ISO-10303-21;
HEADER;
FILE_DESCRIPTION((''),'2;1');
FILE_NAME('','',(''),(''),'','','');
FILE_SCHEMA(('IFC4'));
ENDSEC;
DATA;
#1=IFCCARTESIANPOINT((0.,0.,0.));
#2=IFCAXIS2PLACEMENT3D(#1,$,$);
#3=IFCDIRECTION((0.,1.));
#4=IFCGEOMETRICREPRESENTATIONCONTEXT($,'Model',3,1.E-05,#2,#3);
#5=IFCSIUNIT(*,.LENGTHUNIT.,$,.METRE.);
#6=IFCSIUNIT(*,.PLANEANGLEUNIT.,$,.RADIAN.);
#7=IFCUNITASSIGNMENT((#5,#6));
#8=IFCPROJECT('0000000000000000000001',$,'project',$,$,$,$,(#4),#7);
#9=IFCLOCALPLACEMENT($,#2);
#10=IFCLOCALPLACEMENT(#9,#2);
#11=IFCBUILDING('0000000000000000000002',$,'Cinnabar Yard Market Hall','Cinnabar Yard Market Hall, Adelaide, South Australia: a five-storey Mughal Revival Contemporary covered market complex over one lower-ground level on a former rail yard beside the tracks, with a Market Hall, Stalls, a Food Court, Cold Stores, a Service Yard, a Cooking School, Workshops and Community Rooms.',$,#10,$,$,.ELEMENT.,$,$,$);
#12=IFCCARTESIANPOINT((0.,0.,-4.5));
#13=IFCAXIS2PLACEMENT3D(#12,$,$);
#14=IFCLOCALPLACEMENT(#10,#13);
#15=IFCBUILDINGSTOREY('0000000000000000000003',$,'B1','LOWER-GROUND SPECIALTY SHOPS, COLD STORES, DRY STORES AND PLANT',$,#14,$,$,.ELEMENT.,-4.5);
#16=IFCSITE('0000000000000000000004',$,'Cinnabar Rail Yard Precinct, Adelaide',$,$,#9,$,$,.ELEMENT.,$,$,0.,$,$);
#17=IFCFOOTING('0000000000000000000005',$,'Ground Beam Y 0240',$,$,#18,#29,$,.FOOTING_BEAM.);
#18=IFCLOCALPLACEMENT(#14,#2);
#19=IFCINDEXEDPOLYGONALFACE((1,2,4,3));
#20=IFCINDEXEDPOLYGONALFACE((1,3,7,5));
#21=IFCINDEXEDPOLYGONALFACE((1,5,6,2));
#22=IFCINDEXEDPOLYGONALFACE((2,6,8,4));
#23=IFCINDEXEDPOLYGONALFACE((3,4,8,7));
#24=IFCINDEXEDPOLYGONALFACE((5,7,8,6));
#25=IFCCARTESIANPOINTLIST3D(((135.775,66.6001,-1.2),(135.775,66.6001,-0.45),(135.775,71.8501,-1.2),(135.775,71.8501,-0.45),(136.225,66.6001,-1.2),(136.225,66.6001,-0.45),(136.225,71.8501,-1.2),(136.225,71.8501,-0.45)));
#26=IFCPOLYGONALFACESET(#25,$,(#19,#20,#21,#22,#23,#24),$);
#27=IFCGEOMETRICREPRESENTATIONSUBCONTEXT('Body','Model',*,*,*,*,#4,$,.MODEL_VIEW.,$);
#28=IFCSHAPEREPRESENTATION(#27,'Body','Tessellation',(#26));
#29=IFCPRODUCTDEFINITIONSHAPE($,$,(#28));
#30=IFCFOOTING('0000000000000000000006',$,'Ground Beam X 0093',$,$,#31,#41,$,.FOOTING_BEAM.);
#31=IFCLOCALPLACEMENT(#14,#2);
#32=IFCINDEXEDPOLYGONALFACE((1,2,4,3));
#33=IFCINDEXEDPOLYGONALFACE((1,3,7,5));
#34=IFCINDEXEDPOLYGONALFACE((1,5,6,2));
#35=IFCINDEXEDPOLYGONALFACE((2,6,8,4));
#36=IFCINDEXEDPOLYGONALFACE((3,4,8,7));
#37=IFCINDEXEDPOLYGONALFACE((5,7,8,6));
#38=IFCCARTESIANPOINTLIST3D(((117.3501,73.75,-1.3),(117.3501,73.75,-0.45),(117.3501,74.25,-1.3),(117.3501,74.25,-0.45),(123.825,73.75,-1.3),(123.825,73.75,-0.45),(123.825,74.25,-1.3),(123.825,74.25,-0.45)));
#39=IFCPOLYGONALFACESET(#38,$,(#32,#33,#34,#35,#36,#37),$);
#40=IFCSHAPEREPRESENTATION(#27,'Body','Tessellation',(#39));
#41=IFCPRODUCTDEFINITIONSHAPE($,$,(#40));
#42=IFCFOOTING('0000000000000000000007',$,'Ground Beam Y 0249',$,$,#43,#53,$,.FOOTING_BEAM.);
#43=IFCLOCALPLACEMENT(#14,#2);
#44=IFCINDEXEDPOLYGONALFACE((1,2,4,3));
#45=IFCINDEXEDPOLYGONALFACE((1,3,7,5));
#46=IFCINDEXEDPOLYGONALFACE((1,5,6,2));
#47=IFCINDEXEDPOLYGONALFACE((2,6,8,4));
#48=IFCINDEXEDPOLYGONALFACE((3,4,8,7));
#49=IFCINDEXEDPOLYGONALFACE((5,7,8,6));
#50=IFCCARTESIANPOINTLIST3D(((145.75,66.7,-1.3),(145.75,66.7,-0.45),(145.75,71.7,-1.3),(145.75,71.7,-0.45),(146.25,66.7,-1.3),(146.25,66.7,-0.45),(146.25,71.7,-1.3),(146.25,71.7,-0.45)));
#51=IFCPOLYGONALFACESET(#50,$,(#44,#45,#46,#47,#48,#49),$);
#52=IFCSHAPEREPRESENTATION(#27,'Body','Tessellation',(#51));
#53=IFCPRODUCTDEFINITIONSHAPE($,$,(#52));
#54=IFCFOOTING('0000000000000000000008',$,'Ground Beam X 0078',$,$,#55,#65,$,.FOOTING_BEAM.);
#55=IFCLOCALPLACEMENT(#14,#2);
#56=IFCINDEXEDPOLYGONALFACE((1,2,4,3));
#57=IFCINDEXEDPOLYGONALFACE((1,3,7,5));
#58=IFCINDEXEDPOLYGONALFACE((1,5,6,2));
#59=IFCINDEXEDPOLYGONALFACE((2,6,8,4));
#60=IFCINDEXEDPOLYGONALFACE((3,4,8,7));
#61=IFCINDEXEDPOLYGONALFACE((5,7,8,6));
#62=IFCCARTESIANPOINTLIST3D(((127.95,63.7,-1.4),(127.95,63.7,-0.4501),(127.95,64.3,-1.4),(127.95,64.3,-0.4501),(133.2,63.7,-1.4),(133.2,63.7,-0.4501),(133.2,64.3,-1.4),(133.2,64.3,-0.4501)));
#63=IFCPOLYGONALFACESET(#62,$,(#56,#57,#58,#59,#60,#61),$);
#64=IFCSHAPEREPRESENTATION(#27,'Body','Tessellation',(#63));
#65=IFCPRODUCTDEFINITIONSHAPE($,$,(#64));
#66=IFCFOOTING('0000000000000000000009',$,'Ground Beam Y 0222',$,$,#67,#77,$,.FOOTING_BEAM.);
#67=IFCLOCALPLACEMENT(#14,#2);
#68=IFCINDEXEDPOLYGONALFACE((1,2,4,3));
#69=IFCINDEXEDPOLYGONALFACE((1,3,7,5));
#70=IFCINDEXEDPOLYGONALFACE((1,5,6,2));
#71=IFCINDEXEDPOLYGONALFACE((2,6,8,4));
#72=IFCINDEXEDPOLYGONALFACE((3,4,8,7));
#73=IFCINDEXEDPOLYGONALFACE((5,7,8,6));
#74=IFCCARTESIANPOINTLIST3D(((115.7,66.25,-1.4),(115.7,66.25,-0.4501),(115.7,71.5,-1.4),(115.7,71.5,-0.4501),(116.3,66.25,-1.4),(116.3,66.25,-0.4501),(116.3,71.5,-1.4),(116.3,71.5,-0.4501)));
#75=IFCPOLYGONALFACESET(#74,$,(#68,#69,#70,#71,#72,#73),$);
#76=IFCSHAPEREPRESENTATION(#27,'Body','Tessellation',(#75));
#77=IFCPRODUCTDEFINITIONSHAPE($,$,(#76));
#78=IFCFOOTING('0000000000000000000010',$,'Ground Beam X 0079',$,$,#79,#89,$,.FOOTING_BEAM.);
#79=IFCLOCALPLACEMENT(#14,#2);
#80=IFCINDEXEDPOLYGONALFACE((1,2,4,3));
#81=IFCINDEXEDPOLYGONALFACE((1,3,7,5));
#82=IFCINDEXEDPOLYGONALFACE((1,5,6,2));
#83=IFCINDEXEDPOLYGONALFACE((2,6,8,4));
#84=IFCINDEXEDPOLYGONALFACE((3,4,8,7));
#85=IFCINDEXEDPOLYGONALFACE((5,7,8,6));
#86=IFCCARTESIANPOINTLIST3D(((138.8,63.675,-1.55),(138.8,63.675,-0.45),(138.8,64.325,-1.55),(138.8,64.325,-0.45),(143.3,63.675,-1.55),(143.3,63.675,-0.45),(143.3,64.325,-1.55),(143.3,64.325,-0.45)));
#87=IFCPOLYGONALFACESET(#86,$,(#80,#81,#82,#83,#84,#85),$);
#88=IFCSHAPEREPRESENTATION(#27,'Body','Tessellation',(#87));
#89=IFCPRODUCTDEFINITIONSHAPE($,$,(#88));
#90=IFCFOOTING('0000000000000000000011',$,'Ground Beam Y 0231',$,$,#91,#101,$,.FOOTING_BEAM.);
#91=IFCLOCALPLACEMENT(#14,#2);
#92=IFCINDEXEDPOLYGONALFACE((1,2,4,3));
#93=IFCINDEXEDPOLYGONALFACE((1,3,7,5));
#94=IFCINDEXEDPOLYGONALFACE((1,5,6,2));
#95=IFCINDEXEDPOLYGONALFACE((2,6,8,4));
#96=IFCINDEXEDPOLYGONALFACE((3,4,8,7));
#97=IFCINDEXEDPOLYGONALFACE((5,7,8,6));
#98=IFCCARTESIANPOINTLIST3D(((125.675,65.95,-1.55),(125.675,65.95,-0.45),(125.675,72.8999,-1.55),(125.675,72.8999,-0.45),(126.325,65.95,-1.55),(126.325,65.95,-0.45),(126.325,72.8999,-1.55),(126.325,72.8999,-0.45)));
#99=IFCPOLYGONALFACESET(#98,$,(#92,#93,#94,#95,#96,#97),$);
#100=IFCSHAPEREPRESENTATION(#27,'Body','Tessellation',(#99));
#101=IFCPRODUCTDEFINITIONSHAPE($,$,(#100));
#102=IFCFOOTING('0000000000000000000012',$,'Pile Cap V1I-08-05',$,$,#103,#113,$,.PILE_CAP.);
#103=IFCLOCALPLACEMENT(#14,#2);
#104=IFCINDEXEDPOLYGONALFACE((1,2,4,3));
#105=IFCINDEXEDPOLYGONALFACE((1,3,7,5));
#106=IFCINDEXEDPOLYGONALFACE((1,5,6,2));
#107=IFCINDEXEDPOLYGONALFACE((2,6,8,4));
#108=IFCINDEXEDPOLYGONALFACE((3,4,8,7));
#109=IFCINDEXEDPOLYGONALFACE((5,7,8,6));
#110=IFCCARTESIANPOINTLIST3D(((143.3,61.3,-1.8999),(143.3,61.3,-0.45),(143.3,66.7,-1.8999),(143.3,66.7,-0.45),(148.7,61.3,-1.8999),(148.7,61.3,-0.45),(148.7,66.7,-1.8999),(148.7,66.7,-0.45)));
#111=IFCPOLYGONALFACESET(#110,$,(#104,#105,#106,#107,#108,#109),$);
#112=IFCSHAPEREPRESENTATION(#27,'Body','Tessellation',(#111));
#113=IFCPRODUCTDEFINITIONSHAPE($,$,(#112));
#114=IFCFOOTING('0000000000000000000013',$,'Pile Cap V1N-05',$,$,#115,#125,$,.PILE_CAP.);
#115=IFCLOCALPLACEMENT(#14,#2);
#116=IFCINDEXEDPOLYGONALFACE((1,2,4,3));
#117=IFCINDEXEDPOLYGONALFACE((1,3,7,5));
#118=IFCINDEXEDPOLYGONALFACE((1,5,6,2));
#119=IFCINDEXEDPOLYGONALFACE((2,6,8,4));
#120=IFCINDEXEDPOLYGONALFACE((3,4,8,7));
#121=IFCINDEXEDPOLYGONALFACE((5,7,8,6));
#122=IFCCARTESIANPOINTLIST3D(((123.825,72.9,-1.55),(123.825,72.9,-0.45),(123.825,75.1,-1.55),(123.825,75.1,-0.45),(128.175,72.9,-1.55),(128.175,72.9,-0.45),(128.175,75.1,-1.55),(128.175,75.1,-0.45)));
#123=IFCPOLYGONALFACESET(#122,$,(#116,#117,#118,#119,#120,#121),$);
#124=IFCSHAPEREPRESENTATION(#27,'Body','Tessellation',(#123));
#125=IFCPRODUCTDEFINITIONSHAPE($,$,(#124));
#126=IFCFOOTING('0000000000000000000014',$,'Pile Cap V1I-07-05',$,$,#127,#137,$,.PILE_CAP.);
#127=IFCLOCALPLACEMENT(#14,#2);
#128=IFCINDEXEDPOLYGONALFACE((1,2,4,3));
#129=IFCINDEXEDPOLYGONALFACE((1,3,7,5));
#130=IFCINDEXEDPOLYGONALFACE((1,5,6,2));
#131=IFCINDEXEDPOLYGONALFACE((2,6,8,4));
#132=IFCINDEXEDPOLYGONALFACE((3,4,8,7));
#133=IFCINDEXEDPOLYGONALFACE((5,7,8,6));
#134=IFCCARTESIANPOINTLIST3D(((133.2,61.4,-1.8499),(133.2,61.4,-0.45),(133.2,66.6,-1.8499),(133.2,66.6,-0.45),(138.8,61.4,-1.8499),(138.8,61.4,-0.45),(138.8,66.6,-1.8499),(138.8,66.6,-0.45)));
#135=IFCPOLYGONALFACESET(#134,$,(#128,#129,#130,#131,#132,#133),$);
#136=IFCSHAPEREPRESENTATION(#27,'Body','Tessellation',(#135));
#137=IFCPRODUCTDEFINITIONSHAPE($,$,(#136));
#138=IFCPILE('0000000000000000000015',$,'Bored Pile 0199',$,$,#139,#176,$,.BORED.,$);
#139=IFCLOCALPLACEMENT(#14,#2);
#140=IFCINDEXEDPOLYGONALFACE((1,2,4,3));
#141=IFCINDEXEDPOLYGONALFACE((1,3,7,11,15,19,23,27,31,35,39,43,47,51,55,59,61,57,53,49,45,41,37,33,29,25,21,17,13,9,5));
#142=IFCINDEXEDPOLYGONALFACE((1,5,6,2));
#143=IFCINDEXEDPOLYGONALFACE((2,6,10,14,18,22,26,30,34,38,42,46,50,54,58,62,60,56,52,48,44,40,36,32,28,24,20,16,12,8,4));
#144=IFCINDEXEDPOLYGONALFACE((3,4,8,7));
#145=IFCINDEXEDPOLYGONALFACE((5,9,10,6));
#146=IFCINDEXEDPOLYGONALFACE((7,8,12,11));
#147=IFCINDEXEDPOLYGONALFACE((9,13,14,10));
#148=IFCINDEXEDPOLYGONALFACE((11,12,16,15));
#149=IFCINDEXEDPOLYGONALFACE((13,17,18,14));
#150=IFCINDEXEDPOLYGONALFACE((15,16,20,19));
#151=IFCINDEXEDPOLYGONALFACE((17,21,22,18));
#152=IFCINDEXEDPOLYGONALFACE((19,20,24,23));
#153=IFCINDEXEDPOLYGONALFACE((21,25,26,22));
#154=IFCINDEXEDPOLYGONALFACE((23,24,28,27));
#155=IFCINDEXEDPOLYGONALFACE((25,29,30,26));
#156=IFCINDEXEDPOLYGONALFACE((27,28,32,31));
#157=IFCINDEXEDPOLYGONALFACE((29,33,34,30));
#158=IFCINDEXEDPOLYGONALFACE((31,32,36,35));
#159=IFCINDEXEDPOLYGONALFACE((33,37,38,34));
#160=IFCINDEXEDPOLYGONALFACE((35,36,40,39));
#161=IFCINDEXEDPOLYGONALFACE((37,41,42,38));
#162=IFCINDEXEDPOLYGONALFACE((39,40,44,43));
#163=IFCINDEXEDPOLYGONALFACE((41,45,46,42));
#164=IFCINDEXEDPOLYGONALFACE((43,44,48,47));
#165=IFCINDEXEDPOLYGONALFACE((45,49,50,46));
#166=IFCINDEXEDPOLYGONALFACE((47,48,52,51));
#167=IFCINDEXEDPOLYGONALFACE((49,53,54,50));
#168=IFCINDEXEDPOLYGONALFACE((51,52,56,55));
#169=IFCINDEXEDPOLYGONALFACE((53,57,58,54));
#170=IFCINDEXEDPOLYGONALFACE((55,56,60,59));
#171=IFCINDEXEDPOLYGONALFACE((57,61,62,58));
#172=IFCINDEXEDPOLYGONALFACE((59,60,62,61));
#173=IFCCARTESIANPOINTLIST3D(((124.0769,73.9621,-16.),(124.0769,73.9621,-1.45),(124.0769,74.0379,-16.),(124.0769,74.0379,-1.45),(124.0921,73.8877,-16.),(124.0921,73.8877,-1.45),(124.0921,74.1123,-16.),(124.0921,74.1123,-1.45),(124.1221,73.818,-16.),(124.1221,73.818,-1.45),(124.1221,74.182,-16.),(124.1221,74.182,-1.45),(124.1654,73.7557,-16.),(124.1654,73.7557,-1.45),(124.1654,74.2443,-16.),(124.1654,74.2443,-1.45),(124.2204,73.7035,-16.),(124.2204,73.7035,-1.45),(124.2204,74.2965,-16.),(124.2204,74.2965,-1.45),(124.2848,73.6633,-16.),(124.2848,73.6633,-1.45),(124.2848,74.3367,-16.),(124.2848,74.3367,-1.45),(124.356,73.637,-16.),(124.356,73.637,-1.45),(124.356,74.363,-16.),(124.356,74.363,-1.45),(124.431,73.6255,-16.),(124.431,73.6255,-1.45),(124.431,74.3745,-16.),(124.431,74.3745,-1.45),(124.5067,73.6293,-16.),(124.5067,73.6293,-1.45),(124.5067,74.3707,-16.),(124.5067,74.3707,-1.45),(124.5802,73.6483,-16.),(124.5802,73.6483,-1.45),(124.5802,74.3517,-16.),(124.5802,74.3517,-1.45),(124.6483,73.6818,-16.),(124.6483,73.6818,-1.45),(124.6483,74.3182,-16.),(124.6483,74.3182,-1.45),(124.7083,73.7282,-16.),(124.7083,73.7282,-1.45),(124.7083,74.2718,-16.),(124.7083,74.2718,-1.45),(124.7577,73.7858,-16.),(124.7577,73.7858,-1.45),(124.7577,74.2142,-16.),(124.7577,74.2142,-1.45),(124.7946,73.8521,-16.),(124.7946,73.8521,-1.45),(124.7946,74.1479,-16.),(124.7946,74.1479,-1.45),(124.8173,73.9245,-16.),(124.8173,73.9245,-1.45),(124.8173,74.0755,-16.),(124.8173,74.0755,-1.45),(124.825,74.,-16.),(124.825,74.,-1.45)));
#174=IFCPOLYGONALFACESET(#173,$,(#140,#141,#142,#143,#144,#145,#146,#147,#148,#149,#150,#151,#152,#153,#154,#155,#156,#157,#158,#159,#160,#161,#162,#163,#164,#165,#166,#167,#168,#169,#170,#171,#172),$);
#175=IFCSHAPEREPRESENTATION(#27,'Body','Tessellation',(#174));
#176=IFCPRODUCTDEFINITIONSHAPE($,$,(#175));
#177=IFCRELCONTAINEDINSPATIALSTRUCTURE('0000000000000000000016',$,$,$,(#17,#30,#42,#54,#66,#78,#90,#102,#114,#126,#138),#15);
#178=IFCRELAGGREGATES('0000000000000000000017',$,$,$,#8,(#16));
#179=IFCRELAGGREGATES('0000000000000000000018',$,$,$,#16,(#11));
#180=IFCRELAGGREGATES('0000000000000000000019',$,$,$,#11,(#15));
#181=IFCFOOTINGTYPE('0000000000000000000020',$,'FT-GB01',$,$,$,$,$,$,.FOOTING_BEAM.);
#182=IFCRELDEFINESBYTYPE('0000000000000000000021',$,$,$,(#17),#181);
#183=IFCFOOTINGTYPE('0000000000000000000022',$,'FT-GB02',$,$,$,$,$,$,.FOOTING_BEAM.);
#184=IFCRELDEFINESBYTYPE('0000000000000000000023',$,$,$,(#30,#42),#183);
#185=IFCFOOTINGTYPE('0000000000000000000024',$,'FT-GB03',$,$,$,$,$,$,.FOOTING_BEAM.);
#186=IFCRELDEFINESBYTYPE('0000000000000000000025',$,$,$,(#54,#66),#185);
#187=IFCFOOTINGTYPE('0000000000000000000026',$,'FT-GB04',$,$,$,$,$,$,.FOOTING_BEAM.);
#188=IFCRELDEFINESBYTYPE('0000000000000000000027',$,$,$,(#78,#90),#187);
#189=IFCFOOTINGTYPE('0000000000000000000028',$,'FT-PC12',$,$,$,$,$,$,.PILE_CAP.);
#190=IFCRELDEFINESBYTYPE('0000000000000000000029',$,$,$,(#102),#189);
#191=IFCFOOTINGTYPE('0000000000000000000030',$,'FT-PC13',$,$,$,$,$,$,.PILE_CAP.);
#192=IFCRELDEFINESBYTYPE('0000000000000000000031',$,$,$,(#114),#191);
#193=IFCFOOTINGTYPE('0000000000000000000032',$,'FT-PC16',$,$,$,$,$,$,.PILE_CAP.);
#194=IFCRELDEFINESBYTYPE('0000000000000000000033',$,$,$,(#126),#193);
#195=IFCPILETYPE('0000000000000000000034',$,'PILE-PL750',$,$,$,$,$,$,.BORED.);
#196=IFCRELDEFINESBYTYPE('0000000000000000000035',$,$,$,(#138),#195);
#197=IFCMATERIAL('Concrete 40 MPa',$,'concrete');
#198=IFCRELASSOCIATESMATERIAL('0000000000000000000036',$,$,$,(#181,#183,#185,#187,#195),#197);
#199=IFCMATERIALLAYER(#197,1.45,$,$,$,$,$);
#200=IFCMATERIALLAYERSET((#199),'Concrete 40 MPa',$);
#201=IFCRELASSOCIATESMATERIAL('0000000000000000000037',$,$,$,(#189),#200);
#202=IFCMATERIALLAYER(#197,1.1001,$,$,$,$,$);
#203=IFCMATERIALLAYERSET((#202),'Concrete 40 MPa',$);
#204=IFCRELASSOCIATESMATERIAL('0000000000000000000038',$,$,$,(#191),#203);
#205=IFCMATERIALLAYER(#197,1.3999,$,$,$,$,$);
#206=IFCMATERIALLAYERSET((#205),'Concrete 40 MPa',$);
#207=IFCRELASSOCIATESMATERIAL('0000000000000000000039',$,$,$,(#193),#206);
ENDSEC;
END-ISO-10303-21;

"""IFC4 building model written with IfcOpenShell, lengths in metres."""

from ifc_helpers import new_model, si_unit, direction, frame, origin, origin_2d_with_axis, place, context, subcontext, project, spatial, rectangle, circle, extrude, material, layer, layer_set, material_profile, profile_set, type_object, element, save


model = new_model("IFC4")

# Units and contexts
model_context = context("Model", 3, precision=1e-05, world=origin(), true_north=direction((0.0, 1.0)))
body_context = subcontext(model_context, "Body", "Model", "MODEL_VIEW")
ifc_project = project(units=[si_unit("LENGTHUNIT", "METRE"), si_unit("PLANEANGLEUNIT", "RADIAN")], contexts=[model_context])

# Site, building, storey
site_placement = place(None, origin())
site = spatial("IfcSite", under=ifc_project, at=site_placement, Name="Cinnabar Rail Yard Precinct, Adelaide", CompositionType="ELEMENT", RefElevation=0.0)
building_placement = place(site_placement, origin())
building = spatial("IfcBuilding", under=site, at=building_placement, Name="Cinnabar Yard Market Hall", Description="Cinnabar Yard Market Hall, Adelaide, South Australia: a five-storey Mughal Revival Contemporary covered market complex over one lower-ground level on a former rail yard beside the tracks, with a Market Hall, Stalls, a Food Court, Cold Stores, a Service Yard, a Cooking School, Workshops and Community Rooms.", CompositionType="ELEMENT")
storey_placement = place(building_placement, frame((0.0, 0.0, -4.5)))
storey = spatial("IfcBuildingStorey", under=building, at=storey_placement, Name="B1", Description="LOWER-GROUND SPECIALTY SHOPS, COLD STORES, DRY STORES AND PLANT", CompositionType="ELEMENT", Elevation=-4.5)

# Footings
ifc_material_1 = material(Name="Concrete 40 MPa", Category="concrete")
ifc_material_profile_1 = material_profile(ifc_material_1, rectangle(XDim=0.45, YDim=0.75, at=origin_2d_with_axis()), Name="GB-450x750")
ifc_profile_set_1 = profile_set([ifc_material_profile_1], Name="Concrete 40 MPa")
footing_type_1 = type_object("IfcFootingType", Name="FT-GB01", PredefinedType="FOOTING_BEAM", material=ifc_profile_set_1)
footing_1_placement = place(storey_placement, frame((136.0, 66.6001, -0.825), z_axis=(0.0, 1.0, 0.0), x_axis=(-1.0, 0.0, 0.0)))
element("IfcFooting", 1, at=footing_1_placement, inside=storey, type_object=footing_type_1, Name="Ground Beam Y 0240", PredefinedType="FOOTING_BEAM", context=body_context, shape_type="SweptSolid", body=[
    extrude(rectangle(XDim=0.45, YDim=0.75, at=origin_2d_with_axis()), origin(), (0.0, 0.0, 1.0), 5.25),
])
ifc_material_profile_2 = material_profile(ifc_material_1, rectangle(XDim=0.5, YDim=0.8501, at=origin_2d_with_axis()), Name="GB-500x850")
ifc_profile_set_2 = profile_set([ifc_material_profile_2], Name="Concrete 40 MPa")
footing_type_2 = type_object("IfcFootingType", Name="FT-GB02", PredefinedType="FOOTING_BEAM", material=ifc_profile_set_2)
footing_2_placement = place(storey_placement, frame((117.3501, 74.0, -0.875), z_axis=(1.0, 0.0, 0.0), x_axis=(0.0, 1.0, 0.0)))
element("IfcFooting", 2, at=footing_2_placement, inside=storey, type_object=footing_type_2, Name="Ground Beam X 0093", PredefinedType="FOOTING_BEAM", context=body_context, shape_type="SweptSolid", body=[
    extrude(rectangle(XDim=0.5, YDim=0.8501, at=origin_2d_with_axis()), origin(), (0.0, 0.0, 1.0), 6.4749),
])
footing_3_placement = place(storey_placement, frame((146.0, 66.7, -0.875), z_axis=(0.0, 1.0, 0.0), x_axis=(-1.0, 0.0, 0.0)))
element("IfcFooting", 3, at=footing_3_placement, inside=storey, type_object=footing_type_2, Name="Ground Beam Y 0249", PredefinedType="FOOTING_BEAM", context=body_context, shape_type="SweptSolid", body=[
    extrude(rectangle(XDim=0.5, YDim=0.8501, at=origin_2d_with_axis()), origin(), (0.0, 0.0, 1.0), 5.0),
])
ifc_material_profile_3 = material_profile(ifc_material_1, rectangle(XDim=0.6001, YDim=0.95, at=origin_2d_with_axis()), Name="GB-600x950")
ifc_profile_set_3 = profile_set([ifc_material_profile_3], Name="Concrete 40 MPa")
footing_type_3 = type_object("IfcFootingType", Name="FT-GB03", PredefinedType="FOOTING_BEAM", material=ifc_profile_set_3)
for number, where, z_axis, x_axis, name in (
    (4, (127.95, 64.0, -0.925), (1.0, 0.0, 0.0), (0.0, 1.0, 0.0), "Ground Beam X 0078"),
    (5, (116.0, 66.25, -0.925), (0.0, 1.0, 0.0), (-1.0, 0.0, 0.0), "Ground Beam Y 0222"),
):
    element("IfcFooting", number, at=place(storey_placement, frame(where, z_axis=z_axis, x_axis=x_axis)), inside=storey, type_object=footing_type_3, Name=name, PredefinedType="FOOTING_BEAM", context=body_context, shape_type="SweptSolid", body=[
        extrude(rectangle(XDim=0.6001, YDim=0.95, at=origin_2d_with_axis()), origin(), (0.0, 0.0, 1.0), 5.25),
    ])
ifc_material_profile_4 = material_profile(ifc_material_1, rectangle(XDim=0.6499, YDim=1.1001, at=origin_2d_with_axis()), Name="GB-650x1100")
ifc_profile_set_4 = profile_set([ifc_material_profile_4], Name="Concrete 40 MPa")
footing_type_4 = type_object("IfcFootingType", Name="FT-GB04", PredefinedType="FOOTING_BEAM", material=ifc_profile_set_4)
footing_4_placement = place(storey_placement, frame((138.8, 64.0, -1.0), z_axis=(1.0, 0.0, 0.0), x_axis=(0.0, 1.0, 0.0)))
element("IfcFooting", 6, at=footing_4_placement, inside=storey, type_object=footing_type_4, Name="Ground Beam X 0079", PredefinedType="FOOTING_BEAM", context=body_context, shape_type="SweptSolid", body=[
    extrude(rectangle(XDim=0.6499, YDim=1.1001, at=origin_2d_with_axis()), origin(), (0.0, 0.0, 1.0), 4.5),
])
footing_5_placement = place(storey_placement, frame((126.0, 65.95, -1.0), z_axis=(0.0, 1.0, 0.0), x_axis=(-1.0, 0.0, 0.0)))
element("IfcFooting", 7, at=footing_5_placement, inside=storey, type_object=footing_type_4, Name="Ground Beam Y 0231", PredefinedType="FOOTING_BEAM", context=body_context, shape_type="SweptSolid", body=[
    extrude(rectangle(XDim=0.6499, YDim=1.1001, at=origin_2d_with_axis()), origin(), (0.0, 0.0, 1.0), 6.95),
])
ifc_layer_1 = layer(ifc_material_1, 1.45)
ifc_layer_set_1 = layer_set([ifc_layer_1], Name="Concrete 40 MPa")
footing_type_5 = type_object("IfcFootingType", Name="FT-PC12", PredefinedType="PILE_CAP", material=ifc_layer_set_1)
footing_6_placement = place(storey_placement, frame((146.0, 64.0, -1.8999), z_axis=(0.0, 0.0, 1.0), x_axis=(1.0, 0.0, 0.0)))
element("IfcFooting", 8, at=footing_6_placement, inside=storey, type_object=footing_type_5, Name="Pile Cap V1I-08-05", PredefinedType="PILE_CAP", context=body_context, shape_type="SweptSolid", body=[
    extrude(rectangle(XDim=5.3999, YDim=5.3999, at=origin_2d_with_axis()), origin(), (0.0, 0.0, 1.0), 1.45),
])
ifc_layer_2 = layer(ifc_material_1, 1.1001)
ifc_layer_set_2 = layer_set([ifc_layer_2], Name="Concrete 40 MPa")
footing_type_6 = type_object("IfcFootingType", Name="FT-PC13", PredefinedType="PILE_CAP", material=ifc_layer_set_2)
footing_7_placement = place(storey_placement, frame((126.0, 74.0, -1.55), z_axis=(0.0, 0.0, 1.0), x_axis=(1.0, 0.0, 0.0)))
element("IfcFooting", 9, at=footing_7_placement, inside=storey, type_object=footing_type_6, Name="Pile Cap V1N-05", PredefinedType="PILE_CAP", context=body_context, shape_type="SweptSolid", body=[
    extrude(rectangle(XDim=4.3501, YDim=2.2, at=origin_2d_with_axis()), origin(), (0.0, 0.0, 1.0), 1.1001),
])
ifc_layer_3 = layer(ifc_material_1, 1.3999)
ifc_layer_set_3 = layer_set([ifc_layer_3], Name="Concrete 40 MPa")
footing_type_7 = type_object("IfcFootingType", Name="FT-PC16", PredefinedType="PILE_CAP", material=ifc_layer_set_3)
footing_8_placement = place(storey_placement, frame((136.0, 64.0, -1.8499), z_axis=(0.0, 0.0, 1.0), x_axis=(1.0, 0.0, 0.0)))
element("IfcFooting", 10, at=footing_8_placement, inside=storey, type_object=footing_type_7, Name="Pile Cap V1I-07-05", PredefinedType="PILE_CAP", context=body_context, shape_type="SweptSolid", body=[
    extrude(rectangle(XDim=5.6001, YDim=5.2, at=origin_2d_with_axis()), origin(), (0.0, 0.0, 1.0), 1.3999),
])

# Pile
ifc_material_profile_5 = material_profile(ifc_material_1, circle(Radius=0.375, at=origin_2d_with_axis()), Name="PILE-D750")
ifc_profile_set_5 = profile_set([ifc_material_profile_5], Name="Concrete 40 MPa")
pile_type_1 = type_object("IfcPileType", Name="PILE-PL750", PredefinedType="BORED", material=ifc_profile_set_5)
pile_1_placement = place(storey_placement, frame((124.45, 74.0, -1.45), z_axis=(0.0, 0.0, -1.0), x_axis=(1.0, 0.0, 0.0)))
element("IfcPile", 11, at=pile_1_placement, inside=storey, type_object=pile_type_1, Name="Bored Pile 0199", PredefinedType="BORED", context=body_context, shape_type="SweptSolid", body=[
    extrude(circle(Radius=0.375, at=origin_2d_with_axis()), origin(), (0.0, 0.0, 1.0), 14.55),
])

save(model, "model.ifc")
